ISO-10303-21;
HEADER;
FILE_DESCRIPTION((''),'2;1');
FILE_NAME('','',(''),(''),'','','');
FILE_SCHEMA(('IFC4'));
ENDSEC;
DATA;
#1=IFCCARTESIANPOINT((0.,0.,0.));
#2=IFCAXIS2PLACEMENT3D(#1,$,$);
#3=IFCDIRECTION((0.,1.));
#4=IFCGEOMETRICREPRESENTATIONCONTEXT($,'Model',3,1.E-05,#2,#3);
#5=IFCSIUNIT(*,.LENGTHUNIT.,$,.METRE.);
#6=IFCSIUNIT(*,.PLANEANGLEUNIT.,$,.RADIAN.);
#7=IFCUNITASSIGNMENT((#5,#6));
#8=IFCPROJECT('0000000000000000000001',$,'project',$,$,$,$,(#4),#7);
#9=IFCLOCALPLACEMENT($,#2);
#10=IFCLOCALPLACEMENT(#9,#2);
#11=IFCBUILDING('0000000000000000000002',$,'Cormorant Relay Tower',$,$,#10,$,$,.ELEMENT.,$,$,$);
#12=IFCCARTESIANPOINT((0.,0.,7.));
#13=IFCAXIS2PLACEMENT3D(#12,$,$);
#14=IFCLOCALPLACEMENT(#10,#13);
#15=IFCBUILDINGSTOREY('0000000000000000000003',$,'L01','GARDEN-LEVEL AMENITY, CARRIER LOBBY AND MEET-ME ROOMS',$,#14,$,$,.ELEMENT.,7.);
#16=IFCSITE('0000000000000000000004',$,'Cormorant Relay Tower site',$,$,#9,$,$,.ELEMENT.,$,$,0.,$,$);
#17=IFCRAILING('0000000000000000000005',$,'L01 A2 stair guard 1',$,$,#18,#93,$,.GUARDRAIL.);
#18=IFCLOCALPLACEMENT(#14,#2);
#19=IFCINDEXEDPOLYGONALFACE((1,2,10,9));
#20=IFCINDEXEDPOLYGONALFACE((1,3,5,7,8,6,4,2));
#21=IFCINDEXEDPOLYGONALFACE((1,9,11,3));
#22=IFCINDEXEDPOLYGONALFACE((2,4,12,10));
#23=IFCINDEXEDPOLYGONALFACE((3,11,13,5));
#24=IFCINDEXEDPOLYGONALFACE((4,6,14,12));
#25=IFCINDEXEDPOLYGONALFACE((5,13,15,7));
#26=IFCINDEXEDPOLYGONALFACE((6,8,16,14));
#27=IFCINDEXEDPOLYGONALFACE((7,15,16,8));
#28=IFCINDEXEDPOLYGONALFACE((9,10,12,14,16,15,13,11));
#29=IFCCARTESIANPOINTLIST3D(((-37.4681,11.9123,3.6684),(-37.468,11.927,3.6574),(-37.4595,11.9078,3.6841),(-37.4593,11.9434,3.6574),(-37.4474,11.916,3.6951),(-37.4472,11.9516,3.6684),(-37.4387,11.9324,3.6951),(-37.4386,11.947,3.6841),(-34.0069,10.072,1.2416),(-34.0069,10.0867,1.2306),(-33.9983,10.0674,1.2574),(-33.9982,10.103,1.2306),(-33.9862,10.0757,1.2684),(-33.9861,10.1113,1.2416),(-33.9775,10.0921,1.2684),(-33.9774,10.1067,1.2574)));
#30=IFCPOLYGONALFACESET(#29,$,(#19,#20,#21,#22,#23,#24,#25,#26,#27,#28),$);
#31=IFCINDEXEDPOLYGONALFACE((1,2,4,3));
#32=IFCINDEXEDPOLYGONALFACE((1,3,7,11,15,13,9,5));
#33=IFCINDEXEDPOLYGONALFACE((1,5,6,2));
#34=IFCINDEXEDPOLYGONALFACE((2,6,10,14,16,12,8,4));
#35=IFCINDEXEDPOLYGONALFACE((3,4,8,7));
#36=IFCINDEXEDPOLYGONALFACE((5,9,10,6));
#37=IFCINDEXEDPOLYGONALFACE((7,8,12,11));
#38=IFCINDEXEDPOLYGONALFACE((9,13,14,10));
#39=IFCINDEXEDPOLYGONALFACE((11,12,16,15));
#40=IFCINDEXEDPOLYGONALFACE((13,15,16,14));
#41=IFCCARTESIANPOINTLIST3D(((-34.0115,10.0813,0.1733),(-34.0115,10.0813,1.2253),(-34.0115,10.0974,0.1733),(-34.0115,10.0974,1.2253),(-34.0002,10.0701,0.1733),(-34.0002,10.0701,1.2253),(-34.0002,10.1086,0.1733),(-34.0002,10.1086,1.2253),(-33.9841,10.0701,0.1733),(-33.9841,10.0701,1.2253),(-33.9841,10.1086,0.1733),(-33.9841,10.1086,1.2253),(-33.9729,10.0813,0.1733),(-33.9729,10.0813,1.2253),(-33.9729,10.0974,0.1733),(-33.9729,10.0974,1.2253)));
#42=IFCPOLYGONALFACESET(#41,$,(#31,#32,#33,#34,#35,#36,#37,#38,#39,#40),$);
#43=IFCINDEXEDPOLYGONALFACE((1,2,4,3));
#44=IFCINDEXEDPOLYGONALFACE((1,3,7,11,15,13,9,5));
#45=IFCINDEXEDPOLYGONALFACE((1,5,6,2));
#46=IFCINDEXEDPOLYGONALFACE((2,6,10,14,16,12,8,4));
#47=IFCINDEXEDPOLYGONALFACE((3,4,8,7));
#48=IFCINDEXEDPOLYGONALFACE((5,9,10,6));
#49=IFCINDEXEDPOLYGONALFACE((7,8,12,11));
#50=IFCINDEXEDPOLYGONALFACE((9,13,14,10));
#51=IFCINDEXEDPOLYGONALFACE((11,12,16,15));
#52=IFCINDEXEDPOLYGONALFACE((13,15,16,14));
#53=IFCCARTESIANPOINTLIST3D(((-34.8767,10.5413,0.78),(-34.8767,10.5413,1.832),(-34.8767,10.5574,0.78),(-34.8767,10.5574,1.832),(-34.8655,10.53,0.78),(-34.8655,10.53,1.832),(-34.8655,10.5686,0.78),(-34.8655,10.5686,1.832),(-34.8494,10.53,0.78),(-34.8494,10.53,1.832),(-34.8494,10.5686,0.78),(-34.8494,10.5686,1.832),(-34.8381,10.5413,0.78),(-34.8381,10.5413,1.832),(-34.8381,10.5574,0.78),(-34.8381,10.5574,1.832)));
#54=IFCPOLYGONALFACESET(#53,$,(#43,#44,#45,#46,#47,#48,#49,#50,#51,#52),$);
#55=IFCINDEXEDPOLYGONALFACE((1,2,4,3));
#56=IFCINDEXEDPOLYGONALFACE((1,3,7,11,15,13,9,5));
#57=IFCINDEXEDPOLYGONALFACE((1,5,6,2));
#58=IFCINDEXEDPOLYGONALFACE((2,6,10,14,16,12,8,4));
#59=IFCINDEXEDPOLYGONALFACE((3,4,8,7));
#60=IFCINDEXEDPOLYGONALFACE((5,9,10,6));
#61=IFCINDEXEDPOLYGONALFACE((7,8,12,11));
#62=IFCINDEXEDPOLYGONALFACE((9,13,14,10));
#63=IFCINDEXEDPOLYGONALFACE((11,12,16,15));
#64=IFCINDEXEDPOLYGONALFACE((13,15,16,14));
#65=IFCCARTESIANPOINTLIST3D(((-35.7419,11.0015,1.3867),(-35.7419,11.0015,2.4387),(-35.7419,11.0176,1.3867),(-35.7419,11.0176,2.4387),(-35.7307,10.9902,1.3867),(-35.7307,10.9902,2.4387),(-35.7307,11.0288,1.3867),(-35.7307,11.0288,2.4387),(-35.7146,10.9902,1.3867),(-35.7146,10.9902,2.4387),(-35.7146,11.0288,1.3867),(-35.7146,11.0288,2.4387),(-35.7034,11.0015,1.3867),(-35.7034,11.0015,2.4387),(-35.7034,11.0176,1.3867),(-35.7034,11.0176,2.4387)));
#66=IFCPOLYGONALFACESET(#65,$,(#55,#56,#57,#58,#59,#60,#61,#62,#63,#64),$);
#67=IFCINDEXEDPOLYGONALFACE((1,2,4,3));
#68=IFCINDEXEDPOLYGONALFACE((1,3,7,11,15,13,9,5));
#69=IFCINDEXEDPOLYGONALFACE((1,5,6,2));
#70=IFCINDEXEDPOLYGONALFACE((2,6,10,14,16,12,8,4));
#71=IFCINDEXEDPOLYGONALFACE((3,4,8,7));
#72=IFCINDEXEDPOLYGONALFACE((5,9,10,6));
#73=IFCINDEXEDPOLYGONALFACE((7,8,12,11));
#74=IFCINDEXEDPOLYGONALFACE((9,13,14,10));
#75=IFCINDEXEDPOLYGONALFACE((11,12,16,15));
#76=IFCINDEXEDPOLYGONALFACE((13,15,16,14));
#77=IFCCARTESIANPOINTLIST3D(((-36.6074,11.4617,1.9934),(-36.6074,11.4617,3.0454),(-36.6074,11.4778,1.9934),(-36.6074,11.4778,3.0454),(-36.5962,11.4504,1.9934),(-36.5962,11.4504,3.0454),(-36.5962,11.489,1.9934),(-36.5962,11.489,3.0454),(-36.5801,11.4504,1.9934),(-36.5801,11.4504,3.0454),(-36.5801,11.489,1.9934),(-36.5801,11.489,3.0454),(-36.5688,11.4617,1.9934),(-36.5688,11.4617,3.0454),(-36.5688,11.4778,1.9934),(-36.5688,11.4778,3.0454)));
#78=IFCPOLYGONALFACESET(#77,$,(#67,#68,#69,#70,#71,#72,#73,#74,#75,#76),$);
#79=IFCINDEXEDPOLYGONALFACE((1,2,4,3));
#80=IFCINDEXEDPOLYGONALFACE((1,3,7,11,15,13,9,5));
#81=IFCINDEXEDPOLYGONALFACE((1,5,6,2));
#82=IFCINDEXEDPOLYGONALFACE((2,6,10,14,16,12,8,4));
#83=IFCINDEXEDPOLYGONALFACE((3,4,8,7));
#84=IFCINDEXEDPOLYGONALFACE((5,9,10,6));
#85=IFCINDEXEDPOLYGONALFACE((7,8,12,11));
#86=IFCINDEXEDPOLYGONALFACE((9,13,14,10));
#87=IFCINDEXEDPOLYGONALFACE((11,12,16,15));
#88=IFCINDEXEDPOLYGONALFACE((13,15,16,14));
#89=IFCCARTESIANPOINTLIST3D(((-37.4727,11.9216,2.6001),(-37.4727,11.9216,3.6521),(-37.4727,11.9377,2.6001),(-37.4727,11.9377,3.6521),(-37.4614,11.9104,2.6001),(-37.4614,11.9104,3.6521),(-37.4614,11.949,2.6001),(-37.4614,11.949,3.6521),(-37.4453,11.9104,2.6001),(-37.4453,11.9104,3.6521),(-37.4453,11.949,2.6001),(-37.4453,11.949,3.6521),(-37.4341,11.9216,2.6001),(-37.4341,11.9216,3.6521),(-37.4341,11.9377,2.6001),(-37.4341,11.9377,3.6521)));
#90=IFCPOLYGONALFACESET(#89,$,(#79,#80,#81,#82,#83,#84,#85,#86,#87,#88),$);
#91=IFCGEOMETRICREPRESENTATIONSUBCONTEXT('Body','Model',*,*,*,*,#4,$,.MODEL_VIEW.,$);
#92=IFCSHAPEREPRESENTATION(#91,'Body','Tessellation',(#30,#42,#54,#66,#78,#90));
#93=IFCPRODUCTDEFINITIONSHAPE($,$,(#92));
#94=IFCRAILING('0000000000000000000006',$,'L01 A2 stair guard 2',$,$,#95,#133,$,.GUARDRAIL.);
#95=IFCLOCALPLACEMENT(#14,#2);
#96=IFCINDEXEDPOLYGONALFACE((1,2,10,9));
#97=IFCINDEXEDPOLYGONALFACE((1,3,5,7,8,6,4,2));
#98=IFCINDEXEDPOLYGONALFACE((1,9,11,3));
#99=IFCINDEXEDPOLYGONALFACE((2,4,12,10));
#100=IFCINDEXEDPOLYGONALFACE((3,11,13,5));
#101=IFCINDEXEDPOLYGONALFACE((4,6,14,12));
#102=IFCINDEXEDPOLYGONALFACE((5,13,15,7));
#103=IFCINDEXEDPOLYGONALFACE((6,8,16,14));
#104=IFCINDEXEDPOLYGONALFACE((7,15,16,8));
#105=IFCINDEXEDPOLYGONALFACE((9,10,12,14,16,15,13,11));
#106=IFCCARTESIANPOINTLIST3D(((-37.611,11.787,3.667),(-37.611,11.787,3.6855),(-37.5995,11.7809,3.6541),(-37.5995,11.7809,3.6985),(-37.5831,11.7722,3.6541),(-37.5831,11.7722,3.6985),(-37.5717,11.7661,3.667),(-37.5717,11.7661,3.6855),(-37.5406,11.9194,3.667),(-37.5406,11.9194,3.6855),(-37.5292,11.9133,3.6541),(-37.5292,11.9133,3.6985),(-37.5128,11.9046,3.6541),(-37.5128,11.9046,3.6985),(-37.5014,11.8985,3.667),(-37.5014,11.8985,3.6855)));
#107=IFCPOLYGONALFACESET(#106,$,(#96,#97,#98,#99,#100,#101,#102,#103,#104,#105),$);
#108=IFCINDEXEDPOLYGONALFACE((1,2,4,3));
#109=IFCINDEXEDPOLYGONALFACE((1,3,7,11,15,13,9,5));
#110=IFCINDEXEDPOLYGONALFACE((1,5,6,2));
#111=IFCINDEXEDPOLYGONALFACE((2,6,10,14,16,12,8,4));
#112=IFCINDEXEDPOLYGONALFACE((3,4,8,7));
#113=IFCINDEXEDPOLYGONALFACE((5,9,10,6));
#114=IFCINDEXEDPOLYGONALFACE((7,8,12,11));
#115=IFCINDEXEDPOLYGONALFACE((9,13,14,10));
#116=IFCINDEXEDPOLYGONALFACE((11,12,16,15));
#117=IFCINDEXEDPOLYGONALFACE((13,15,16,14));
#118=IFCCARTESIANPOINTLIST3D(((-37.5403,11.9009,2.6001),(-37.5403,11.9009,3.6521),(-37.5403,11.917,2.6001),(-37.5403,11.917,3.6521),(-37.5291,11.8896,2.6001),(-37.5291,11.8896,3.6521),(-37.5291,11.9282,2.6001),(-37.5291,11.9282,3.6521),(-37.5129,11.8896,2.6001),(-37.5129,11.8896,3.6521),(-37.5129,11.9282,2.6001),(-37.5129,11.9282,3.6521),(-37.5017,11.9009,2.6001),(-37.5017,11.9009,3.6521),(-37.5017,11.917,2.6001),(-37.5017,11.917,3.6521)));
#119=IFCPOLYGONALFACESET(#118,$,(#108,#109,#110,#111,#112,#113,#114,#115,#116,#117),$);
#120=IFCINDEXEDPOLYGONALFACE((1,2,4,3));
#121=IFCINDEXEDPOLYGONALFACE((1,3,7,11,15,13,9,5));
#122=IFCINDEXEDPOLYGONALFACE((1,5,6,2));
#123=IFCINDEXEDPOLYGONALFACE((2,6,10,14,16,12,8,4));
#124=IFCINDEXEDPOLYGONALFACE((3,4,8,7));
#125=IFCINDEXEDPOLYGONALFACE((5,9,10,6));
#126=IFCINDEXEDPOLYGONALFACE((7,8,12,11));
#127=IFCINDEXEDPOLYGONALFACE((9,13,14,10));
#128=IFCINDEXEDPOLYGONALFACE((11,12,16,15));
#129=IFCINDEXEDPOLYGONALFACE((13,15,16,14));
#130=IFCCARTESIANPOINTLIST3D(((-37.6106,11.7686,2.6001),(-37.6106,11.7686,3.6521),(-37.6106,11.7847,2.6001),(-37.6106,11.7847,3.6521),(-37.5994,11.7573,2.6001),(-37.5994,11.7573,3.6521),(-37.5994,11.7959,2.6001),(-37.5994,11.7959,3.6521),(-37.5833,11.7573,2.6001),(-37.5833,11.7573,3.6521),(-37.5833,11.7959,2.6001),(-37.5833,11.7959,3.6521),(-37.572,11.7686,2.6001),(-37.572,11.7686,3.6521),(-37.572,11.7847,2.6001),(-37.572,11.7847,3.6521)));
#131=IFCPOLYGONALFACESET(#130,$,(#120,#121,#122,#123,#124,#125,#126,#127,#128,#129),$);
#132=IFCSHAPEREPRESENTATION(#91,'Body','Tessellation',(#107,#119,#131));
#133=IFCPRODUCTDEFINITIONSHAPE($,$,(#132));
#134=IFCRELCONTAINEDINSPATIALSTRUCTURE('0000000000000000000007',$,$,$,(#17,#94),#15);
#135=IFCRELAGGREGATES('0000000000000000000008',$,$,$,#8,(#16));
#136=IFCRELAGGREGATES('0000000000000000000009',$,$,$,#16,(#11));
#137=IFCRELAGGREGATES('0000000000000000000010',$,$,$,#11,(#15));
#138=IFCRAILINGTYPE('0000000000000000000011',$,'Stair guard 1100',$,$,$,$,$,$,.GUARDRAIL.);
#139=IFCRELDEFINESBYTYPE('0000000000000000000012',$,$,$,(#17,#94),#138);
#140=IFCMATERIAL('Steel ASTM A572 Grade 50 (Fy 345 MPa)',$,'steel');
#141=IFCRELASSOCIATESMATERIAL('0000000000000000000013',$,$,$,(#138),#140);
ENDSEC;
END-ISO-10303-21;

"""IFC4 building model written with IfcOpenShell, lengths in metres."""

from ifc_helpers import new_model, si_unit, direction, frame, origin, place, context, subcontext, project, spatial, polyline, outline, extrude, material, type_object, element, save


model = new_model("IFC4")

# Units and contexts
model_context = context("Model", 3, precision=1e-05, world=origin(), true_north=direction((0.0, 1.0)))
body_context = subcontext(model_context, "Body", "Model", "MODEL_VIEW")
ifc_project = project(units=[si_unit("LENGTHUNIT", "METRE"), si_unit("PLANEANGLEUNIT", "RADIAN")], contexts=[model_context])

# Site, building, storey
site_placement = place(None, origin())
site = spatial("IfcSite", under=ifc_project, at=site_placement, Name="Cormorant Relay Tower site", CompositionType="ELEMENT", RefElevation=0.0)
building_placement = place(site_placement, origin())
building = spatial("IfcBuilding", under=site, at=building_placement, Name="Cormorant Relay Tower", CompositionType="ELEMENT")
storey_placement = place(building_placement, frame((0.0, 0.0, 7.0)))
storey = spatial("IfcBuildingStorey", under=building, at=storey_placement, Name="L01", Description="GARDEN-LEVEL AMENITY, CARRIER LOBBY AND MEET-ME ROOMS", CompositionType="ELEMENT", Elevation=7.0)

# Railings
ifc_material_1 = material(Name="Steel ASTM A572 Grade 50 (Fy 345 MPa)", Category="steel")
railing_type_1 = type_object("IfcRailingType", Name="Stair guard 1100", PredefinedType="GUARDRAIL", material=ifc_material_1)
railing_1_placement = place(storey_placement, frame((-33.9922, 10.0894, 0.1733)))
element("IfcRailing", 1, at=railing_1_placement, inside=storey, type_object=railing_type_1, Name="L01 A2 stair guard 1", PredefinedType="GUARDRAIL", context=body_context, shape_type="SweptSolid", body=[
    extrude(outline(polyline([(0.0222, 0.0093), (0.0093, 0.0222), (-0.0093, 0.0222), (-0.0222, 0.0093), (-0.0222, -0.0093), (-0.0093, -0.0222), (0.0093, -0.0222), (0.0222, -0.0093), (0.0222, 0.0093)])), frame((0.0, 0.0, 1.0762), z_axis=(-0.750734, 0.39917, 0.526366), x_axis=(-0.469469, -0.882949, 0.0)), (0.0, 0.0, 1.0), 4.6104),
    extrude(outline(polyline([(0.0193, 0.0081), (0.0081, 0.0193), (-0.0081, 0.0193), (-0.0193, 0.0081), (-0.0193, -0.0081), (-0.0081, -0.0193), (0.0081, -0.0193), (0.0193, -0.0081), (0.0193, 0.0081)])), origin(), (0.0, 0.0, 1.0), 1.052),
    extrude(outline(polyline([(0.0193, 0.0081), (0.0081, 0.0193), (-0.0081, 0.0193), (-0.0193, 0.0081), (-0.0193, -0.0081), (-0.0081, -0.0193), (0.0081, -0.0193), (0.0193, -0.0081), (0.0193, 0.0081)])), frame((-0.8652, 0.46, 0.6067)), (0.0, 0.0, 1.0), 1.052),
    extrude(outline(polyline([(0.0193, 0.0081), (0.0081, 0.0193), (-0.0081, 0.0193), (-0.0193, 0.0081), (-0.0193, -0.0081), (-0.0081, -0.0193), (0.0081, -0.0193), (0.0193, -0.0081), (0.0193, 0.0081)])), frame((-1.7305, 0.9202, 1.2134)), (0.0, 0.0, 1.0), 1.052),
    extrude(outline(polyline([(0.0193, 0.0081), (0.0081, 0.0193), (-0.0081, 0.0193), (-0.0193, 0.0081), (-0.0193, -0.0081), (-0.0081, -0.0193), (0.0081, -0.0193), (0.0193, -0.0081), (0.0193, 0.0081)])), frame((-2.5959, 1.3804, 1.8201)), (0.0, 0.0, 1.0), 1.052),
    extrude(outline(polyline([(0.0193, 0.0081), (0.0081, 0.0193), (-0.0081, 0.0193), (-0.0193, 0.0081), (-0.0193, -0.0081), (-0.0081, -0.0193), (0.0081, -0.0193), (0.0193, -0.0081), (0.0193, 0.0081)])), frame((-3.4612, 1.8403, 2.4268)), (0.0, 0.0, 1.0), 1.052),
])
railing_2_placement = place(storey_placement, frame((-37.521, 11.9089, 2.6001)))
element("IfcRailing", 2, at=railing_2_placement, inside=storey, type_object=railing_type_1, Name="L01 A2 stair guard 2", PredefinedType="GUARDRAIL", context=body_context, shape_type="SweptSolid", body=[
    extrude(outline(polyline([(0.0222, 0.0093), (0.0093, 0.0222), (-0.0093, 0.0222), (-0.0222, 0.0093), (-0.0222, -0.0093), (-0.0093, -0.0222), (0.0093, -0.0222), (0.0222, -0.0093), (0.0222, 0.0093)])), frame((0.0, 0.0, 1.0762), z_axis=(-0.469235, -0.883074, 0.0), x_axis=(0.883074, -0.469235, 0.0)), (0.0, 0.0, 1.0), 0.1499),
    extrude(outline(polyline([(0.0193, 0.0081), (0.0081, 0.0193), (-0.0081, 0.0193), (-0.0193, 0.0081), (-0.0193, -0.0081), (-0.0081, -0.0193), (0.0081, -0.0193), (0.0193, -0.0081), (0.0193, 0.0081)])), origin(), (0.0, 0.0, 1.0), 1.052),
    extrude(outline(polyline([(0.0193, 0.0081), (0.0081, 0.0193), (-0.0081, 0.0193), (-0.0193, 0.0081), (-0.0193, -0.0081), (-0.0081, -0.0193), (0.0081, -0.0193), (0.0193, -0.0081), (0.0193, 0.0081)])), frame((-0.0703, -0.1323, 0.0)), (0.0, 0.0, 1.0), 1.052),
])

save(model, "model.ifc")
